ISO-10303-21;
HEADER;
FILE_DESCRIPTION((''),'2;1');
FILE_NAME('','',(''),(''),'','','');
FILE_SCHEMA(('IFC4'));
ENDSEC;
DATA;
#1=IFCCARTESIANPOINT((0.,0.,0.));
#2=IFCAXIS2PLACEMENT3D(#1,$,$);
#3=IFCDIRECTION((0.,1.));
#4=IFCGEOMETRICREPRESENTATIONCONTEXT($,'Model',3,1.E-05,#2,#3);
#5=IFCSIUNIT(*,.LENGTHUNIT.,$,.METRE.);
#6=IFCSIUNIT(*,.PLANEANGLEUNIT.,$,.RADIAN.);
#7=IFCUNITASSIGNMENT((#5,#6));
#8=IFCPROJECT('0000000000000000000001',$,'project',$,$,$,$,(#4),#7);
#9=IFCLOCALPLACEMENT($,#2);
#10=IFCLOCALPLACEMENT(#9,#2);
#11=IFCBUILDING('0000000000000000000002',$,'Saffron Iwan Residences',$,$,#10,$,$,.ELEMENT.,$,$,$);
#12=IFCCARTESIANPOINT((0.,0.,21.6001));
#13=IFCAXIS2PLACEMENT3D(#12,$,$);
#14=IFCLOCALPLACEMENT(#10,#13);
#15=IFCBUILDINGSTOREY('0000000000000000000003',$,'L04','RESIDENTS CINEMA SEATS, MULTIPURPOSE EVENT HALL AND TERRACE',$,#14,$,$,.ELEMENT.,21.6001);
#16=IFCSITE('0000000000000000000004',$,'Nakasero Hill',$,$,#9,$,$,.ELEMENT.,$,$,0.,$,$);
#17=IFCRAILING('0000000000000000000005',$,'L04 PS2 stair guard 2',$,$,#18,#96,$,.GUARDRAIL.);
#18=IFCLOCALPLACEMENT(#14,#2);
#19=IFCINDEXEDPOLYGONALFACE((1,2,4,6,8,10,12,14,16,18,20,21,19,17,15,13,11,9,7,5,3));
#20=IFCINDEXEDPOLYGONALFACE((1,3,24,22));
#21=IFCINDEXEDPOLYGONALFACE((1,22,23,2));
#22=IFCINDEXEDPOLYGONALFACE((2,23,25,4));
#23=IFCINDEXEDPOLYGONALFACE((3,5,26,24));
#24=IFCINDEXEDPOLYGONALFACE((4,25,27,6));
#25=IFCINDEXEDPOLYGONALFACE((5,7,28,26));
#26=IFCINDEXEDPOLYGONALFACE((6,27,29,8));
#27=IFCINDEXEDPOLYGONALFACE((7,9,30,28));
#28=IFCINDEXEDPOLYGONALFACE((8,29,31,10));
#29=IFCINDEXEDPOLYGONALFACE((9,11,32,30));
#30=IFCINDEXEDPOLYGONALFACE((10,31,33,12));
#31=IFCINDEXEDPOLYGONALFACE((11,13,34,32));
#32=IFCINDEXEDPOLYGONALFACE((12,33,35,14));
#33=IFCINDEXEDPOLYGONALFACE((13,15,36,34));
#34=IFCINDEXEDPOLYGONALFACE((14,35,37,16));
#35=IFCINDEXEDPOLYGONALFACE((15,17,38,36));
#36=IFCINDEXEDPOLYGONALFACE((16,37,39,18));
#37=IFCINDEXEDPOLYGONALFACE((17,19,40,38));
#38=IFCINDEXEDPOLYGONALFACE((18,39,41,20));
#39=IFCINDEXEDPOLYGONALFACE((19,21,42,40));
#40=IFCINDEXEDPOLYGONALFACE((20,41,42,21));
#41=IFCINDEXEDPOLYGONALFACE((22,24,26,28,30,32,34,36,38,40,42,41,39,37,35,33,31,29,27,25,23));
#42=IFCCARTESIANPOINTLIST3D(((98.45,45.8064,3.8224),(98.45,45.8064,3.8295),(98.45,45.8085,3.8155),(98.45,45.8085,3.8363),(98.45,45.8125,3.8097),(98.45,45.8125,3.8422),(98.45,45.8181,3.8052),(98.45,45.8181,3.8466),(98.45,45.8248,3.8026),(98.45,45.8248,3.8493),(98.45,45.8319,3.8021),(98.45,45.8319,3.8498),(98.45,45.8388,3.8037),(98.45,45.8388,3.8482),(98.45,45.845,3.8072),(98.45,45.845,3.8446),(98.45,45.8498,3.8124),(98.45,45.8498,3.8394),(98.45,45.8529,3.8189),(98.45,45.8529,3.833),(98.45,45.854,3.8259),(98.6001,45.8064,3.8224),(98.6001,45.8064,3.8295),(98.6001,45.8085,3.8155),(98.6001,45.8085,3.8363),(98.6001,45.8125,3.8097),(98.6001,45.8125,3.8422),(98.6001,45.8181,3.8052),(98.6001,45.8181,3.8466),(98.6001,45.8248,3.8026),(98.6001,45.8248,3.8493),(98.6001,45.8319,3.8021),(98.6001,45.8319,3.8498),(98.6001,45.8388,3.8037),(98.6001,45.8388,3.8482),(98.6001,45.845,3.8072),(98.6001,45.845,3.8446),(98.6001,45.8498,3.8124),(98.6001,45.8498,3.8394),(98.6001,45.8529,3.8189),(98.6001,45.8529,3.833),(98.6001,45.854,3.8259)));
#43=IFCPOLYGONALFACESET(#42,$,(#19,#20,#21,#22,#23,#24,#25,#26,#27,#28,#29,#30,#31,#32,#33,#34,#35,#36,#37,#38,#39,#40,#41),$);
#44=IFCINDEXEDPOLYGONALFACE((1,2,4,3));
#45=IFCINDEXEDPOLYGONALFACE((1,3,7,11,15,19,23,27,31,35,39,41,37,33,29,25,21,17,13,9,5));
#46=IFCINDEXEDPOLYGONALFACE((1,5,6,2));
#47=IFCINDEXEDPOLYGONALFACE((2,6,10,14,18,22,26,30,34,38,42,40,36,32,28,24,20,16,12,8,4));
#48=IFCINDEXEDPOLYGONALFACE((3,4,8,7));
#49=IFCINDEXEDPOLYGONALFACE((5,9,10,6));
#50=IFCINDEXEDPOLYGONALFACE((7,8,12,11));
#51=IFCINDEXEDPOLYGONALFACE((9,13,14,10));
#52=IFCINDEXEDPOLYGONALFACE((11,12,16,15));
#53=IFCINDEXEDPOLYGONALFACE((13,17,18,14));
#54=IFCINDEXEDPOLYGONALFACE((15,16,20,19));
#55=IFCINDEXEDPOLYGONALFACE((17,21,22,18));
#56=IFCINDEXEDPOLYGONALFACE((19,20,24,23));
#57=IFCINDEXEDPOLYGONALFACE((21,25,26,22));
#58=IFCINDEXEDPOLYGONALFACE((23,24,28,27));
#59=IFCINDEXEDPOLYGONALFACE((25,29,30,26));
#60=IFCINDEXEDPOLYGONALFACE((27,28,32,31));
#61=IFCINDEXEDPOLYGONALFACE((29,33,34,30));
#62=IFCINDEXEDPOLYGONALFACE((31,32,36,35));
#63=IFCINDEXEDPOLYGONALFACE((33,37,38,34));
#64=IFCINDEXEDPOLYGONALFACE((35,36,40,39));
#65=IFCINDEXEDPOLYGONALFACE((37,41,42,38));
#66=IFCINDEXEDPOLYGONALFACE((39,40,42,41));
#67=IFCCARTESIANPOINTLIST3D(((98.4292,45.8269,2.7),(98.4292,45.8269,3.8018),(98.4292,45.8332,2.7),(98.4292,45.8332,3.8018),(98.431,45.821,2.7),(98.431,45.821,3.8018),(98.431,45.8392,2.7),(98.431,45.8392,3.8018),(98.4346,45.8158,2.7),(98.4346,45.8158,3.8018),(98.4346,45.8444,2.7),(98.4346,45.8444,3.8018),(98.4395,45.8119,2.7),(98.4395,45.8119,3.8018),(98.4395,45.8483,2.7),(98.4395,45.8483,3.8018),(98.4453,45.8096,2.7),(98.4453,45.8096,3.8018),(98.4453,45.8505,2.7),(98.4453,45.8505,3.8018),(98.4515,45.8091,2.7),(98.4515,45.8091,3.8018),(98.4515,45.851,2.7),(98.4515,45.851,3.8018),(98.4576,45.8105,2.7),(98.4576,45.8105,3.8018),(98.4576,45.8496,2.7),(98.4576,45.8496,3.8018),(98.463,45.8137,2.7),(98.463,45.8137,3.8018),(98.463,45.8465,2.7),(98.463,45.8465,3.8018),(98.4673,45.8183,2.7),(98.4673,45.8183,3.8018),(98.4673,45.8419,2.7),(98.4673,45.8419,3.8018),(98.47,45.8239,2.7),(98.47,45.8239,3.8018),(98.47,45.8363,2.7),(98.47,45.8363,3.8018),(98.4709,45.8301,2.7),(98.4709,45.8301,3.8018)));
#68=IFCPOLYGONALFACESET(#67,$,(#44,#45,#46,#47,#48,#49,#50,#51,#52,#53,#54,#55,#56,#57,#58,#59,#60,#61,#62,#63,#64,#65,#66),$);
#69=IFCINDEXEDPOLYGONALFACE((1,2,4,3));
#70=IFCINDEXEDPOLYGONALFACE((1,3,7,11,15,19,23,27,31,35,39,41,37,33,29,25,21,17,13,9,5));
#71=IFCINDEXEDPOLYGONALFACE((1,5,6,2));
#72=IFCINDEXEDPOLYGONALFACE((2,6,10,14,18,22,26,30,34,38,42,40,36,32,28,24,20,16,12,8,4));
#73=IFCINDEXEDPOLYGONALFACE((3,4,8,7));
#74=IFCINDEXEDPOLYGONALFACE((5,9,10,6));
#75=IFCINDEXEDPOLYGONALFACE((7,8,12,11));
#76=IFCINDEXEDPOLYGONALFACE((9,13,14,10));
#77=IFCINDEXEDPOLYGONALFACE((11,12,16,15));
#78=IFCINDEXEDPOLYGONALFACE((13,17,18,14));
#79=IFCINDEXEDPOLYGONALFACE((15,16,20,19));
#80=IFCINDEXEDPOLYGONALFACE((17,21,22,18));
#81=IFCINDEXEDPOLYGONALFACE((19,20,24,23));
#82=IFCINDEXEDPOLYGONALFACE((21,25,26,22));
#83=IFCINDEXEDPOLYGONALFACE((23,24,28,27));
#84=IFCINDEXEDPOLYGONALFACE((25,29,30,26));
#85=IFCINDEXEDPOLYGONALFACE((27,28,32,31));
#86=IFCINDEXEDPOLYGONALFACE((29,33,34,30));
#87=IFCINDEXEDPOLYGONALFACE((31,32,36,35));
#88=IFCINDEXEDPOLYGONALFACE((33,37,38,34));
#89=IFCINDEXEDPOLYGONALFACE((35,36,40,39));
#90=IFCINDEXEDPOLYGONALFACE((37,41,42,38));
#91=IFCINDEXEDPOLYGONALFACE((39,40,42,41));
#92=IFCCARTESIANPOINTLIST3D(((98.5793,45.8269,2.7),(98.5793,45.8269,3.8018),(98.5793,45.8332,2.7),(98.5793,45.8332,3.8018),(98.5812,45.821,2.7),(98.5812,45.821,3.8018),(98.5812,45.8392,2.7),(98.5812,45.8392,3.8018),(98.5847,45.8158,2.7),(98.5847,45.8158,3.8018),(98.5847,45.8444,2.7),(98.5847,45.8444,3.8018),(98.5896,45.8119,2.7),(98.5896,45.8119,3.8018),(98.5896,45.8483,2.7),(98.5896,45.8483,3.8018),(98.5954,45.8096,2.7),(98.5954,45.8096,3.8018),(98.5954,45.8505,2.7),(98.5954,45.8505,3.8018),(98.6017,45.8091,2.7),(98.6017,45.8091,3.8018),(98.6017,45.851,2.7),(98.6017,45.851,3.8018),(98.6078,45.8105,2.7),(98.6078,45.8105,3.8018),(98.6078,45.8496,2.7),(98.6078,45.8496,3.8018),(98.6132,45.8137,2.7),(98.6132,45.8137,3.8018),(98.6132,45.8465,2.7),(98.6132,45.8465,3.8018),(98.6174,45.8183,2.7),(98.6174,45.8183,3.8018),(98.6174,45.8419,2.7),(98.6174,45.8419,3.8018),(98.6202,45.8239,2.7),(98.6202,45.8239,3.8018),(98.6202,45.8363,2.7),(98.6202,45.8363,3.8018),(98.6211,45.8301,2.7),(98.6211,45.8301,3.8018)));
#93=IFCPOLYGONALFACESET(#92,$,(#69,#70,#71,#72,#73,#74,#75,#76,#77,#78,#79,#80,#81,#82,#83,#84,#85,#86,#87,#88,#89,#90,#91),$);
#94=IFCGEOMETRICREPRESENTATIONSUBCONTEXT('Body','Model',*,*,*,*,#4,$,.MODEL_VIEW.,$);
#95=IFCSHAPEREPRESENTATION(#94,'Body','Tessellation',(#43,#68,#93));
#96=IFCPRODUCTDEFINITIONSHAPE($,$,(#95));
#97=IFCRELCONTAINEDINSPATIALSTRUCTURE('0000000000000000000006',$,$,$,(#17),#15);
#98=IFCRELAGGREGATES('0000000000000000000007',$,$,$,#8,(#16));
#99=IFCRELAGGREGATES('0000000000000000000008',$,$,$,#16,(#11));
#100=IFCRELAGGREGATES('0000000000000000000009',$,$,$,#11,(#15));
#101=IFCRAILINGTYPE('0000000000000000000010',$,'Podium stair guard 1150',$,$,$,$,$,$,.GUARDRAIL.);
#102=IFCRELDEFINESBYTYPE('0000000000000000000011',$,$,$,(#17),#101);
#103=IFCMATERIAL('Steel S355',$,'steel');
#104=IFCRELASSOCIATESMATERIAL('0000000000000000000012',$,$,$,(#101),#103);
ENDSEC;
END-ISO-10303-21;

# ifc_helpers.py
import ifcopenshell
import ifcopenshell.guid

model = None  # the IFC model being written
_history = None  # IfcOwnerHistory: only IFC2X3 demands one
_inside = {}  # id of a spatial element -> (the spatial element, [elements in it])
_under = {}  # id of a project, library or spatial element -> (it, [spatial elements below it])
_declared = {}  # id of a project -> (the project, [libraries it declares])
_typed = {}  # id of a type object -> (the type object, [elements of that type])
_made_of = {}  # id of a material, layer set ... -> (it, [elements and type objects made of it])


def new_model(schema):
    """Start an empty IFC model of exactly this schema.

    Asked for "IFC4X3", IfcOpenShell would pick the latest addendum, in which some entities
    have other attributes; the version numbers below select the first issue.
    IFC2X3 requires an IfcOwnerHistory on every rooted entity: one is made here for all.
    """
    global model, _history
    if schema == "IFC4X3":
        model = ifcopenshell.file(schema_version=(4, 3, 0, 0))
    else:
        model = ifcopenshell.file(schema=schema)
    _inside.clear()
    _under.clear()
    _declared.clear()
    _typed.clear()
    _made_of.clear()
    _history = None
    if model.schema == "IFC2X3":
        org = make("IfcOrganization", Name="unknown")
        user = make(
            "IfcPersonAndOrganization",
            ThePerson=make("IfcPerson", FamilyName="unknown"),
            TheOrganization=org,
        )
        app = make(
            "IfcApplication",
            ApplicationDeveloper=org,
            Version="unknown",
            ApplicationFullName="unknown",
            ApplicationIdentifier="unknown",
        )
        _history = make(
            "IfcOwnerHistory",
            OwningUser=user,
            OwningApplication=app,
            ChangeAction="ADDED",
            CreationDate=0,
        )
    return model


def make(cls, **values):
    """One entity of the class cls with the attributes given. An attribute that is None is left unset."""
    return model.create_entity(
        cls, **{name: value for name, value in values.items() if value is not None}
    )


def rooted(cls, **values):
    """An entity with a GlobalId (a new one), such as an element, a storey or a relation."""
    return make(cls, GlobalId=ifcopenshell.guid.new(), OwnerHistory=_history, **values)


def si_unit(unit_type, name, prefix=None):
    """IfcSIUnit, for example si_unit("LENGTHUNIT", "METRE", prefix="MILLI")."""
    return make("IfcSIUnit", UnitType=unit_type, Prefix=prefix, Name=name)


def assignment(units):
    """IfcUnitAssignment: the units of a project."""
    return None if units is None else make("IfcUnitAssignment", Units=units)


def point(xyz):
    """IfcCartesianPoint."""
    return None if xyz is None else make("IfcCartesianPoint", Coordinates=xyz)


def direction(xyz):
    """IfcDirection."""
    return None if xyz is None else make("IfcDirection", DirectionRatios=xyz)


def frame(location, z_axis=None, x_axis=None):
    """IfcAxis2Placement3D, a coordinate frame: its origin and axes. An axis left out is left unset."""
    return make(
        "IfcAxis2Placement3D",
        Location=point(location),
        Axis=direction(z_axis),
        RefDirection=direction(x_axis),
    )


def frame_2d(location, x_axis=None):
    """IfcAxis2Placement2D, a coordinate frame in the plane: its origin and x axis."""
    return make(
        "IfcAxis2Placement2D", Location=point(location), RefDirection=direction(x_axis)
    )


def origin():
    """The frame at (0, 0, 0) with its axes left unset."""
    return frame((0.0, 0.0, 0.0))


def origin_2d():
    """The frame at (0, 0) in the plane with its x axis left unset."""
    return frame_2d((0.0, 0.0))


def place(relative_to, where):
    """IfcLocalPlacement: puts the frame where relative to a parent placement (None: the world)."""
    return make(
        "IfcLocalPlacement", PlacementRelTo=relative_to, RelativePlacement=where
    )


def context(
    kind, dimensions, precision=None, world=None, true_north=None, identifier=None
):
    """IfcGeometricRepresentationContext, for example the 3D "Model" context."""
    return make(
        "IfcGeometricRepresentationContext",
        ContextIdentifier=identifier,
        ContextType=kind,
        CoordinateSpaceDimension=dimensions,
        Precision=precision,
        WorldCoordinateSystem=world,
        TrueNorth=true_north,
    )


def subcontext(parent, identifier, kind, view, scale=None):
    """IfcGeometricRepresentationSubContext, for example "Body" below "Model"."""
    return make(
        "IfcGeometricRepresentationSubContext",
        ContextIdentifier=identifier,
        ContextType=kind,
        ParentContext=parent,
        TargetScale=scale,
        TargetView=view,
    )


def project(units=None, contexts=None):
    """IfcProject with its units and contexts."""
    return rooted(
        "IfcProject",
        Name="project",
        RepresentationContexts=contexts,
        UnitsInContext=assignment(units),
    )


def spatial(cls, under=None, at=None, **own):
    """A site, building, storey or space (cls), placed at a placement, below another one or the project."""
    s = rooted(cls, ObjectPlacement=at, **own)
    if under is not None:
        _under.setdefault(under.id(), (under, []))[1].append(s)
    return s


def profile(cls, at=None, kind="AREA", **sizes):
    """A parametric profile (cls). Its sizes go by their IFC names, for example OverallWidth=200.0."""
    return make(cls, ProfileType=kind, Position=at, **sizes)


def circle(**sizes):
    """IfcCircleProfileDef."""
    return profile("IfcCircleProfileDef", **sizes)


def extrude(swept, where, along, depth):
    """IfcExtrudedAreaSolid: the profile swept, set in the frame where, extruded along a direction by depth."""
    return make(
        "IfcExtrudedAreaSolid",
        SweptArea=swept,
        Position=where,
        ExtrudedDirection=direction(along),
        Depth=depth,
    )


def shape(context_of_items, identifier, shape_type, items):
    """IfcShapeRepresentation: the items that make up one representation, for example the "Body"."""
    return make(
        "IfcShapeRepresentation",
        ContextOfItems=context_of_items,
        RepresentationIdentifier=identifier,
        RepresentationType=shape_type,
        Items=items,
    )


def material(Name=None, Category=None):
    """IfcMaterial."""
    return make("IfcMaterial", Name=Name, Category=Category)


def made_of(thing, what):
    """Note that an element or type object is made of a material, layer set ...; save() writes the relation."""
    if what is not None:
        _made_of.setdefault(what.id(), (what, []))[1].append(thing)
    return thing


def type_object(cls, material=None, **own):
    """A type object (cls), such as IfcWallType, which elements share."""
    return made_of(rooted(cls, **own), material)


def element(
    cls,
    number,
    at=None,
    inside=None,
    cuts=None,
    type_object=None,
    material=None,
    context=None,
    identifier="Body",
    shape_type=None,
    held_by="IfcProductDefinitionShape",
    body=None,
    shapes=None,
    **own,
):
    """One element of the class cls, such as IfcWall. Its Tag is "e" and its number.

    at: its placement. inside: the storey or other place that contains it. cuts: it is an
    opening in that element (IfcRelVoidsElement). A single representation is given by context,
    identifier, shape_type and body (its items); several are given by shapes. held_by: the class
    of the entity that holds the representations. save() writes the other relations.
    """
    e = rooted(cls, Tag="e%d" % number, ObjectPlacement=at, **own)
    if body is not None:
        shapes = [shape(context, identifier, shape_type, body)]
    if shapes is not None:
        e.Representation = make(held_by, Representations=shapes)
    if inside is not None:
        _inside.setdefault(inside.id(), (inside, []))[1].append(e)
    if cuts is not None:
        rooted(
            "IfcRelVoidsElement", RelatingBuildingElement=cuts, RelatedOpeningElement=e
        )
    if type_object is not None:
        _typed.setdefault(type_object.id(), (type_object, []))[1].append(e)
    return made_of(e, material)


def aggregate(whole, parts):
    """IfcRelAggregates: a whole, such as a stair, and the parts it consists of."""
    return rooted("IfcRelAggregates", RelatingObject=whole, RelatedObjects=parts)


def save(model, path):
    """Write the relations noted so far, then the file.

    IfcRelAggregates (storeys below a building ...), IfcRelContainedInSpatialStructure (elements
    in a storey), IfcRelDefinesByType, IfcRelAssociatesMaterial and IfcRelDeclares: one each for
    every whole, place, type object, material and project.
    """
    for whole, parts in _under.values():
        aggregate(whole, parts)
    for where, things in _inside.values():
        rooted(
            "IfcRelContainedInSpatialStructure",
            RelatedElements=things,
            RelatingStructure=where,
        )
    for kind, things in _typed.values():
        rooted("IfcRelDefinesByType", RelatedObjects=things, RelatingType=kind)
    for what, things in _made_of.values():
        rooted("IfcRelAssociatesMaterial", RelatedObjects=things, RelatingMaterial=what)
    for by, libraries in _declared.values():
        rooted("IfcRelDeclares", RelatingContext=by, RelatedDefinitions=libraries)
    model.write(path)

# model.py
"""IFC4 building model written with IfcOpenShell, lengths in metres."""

from ifc_helpers import new_model, si_unit, direction, frame, origin, origin_2d, place, context, subcontext, project, spatial, circle, extrude, material, type_object, element, save


model = new_model("IFC4")

# Units and contexts
model_context = context("Model", 3, precision=1e-05, world=origin(), true_north=direction((0.0, 1.0)))
body_context = subcontext(model_context, "Body", "Model", "MODEL_VIEW")
ifc_project = project(units=[si_unit("LENGTHUNIT", "METRE"), si_unit("PLANEANGLEUNIT", "RADIAN")], contexts=[model_context])

# Site, building, storey
site_placement = place(None, origin())
site = spatial("IfcSite", under=ifc_project, at=site_placement, Name="Nakasero Hill", CompositionType="ELEMENT", RefElevation=0.0)
building_placement = place(site_placement, origin())
building = spatial("IfcBuilding", under=site, at=building_placement, Name="Saffron Iwan Residences", CompositionType="ELEMENT")
storey_placement = place(building_placement, frame((0.0, 0.0, 21.6001)))
storey = spatial("IfcBuildingStorey", under=building, at=storey_placement, Name="L04", Description="RESIDENTS CINEMA SEATS, MULTIPURPOSE EVENT HALL AND TERRACE", CompositionType="ELEMENT", Elevation=21.6001)

# Railing
ifc_material_1 = material(Name="Steel S355", Category="steel")
railing_type_1 = type_object("IfcRailingType", Name="Podium stair guard 1150", PredefinedType="GUARDRAIL", material=ifc_material_1)
railing_1_placement = place(storey_placement, frame((98.45, 45.8301, 2.7)))
element("IfcRailing", 1, at=railing_1_placement, inside=storey, type_object=railing_type_1, Name="L04 PS2 stair guard 2", PredefinedType="GUARDRAIL", context=body_context, shape_type="SweptSolid", body=[
    extrude(circle(Radius=0.0239, at=origin_2d()), frame((0.0, 0.0, 1.126), z_axis=(1.0, 0.0, 0.0), x_axis=(0.0, 1.0, 0.0)), (0.0, 0.0, 1.0), 0.1501),
    extrude(circle(Radius=0.021, at=origin_2d()), origin(), (0.0, 0.0, 1.0), 1.1018),
    extrude(circle(Radius=0.021, at=origin_2d()), frame((0.1501, 0.0, 0.0)), (0.0, 0.0, 1.0), 1.1018),
])

save(model, "model.ifc")
